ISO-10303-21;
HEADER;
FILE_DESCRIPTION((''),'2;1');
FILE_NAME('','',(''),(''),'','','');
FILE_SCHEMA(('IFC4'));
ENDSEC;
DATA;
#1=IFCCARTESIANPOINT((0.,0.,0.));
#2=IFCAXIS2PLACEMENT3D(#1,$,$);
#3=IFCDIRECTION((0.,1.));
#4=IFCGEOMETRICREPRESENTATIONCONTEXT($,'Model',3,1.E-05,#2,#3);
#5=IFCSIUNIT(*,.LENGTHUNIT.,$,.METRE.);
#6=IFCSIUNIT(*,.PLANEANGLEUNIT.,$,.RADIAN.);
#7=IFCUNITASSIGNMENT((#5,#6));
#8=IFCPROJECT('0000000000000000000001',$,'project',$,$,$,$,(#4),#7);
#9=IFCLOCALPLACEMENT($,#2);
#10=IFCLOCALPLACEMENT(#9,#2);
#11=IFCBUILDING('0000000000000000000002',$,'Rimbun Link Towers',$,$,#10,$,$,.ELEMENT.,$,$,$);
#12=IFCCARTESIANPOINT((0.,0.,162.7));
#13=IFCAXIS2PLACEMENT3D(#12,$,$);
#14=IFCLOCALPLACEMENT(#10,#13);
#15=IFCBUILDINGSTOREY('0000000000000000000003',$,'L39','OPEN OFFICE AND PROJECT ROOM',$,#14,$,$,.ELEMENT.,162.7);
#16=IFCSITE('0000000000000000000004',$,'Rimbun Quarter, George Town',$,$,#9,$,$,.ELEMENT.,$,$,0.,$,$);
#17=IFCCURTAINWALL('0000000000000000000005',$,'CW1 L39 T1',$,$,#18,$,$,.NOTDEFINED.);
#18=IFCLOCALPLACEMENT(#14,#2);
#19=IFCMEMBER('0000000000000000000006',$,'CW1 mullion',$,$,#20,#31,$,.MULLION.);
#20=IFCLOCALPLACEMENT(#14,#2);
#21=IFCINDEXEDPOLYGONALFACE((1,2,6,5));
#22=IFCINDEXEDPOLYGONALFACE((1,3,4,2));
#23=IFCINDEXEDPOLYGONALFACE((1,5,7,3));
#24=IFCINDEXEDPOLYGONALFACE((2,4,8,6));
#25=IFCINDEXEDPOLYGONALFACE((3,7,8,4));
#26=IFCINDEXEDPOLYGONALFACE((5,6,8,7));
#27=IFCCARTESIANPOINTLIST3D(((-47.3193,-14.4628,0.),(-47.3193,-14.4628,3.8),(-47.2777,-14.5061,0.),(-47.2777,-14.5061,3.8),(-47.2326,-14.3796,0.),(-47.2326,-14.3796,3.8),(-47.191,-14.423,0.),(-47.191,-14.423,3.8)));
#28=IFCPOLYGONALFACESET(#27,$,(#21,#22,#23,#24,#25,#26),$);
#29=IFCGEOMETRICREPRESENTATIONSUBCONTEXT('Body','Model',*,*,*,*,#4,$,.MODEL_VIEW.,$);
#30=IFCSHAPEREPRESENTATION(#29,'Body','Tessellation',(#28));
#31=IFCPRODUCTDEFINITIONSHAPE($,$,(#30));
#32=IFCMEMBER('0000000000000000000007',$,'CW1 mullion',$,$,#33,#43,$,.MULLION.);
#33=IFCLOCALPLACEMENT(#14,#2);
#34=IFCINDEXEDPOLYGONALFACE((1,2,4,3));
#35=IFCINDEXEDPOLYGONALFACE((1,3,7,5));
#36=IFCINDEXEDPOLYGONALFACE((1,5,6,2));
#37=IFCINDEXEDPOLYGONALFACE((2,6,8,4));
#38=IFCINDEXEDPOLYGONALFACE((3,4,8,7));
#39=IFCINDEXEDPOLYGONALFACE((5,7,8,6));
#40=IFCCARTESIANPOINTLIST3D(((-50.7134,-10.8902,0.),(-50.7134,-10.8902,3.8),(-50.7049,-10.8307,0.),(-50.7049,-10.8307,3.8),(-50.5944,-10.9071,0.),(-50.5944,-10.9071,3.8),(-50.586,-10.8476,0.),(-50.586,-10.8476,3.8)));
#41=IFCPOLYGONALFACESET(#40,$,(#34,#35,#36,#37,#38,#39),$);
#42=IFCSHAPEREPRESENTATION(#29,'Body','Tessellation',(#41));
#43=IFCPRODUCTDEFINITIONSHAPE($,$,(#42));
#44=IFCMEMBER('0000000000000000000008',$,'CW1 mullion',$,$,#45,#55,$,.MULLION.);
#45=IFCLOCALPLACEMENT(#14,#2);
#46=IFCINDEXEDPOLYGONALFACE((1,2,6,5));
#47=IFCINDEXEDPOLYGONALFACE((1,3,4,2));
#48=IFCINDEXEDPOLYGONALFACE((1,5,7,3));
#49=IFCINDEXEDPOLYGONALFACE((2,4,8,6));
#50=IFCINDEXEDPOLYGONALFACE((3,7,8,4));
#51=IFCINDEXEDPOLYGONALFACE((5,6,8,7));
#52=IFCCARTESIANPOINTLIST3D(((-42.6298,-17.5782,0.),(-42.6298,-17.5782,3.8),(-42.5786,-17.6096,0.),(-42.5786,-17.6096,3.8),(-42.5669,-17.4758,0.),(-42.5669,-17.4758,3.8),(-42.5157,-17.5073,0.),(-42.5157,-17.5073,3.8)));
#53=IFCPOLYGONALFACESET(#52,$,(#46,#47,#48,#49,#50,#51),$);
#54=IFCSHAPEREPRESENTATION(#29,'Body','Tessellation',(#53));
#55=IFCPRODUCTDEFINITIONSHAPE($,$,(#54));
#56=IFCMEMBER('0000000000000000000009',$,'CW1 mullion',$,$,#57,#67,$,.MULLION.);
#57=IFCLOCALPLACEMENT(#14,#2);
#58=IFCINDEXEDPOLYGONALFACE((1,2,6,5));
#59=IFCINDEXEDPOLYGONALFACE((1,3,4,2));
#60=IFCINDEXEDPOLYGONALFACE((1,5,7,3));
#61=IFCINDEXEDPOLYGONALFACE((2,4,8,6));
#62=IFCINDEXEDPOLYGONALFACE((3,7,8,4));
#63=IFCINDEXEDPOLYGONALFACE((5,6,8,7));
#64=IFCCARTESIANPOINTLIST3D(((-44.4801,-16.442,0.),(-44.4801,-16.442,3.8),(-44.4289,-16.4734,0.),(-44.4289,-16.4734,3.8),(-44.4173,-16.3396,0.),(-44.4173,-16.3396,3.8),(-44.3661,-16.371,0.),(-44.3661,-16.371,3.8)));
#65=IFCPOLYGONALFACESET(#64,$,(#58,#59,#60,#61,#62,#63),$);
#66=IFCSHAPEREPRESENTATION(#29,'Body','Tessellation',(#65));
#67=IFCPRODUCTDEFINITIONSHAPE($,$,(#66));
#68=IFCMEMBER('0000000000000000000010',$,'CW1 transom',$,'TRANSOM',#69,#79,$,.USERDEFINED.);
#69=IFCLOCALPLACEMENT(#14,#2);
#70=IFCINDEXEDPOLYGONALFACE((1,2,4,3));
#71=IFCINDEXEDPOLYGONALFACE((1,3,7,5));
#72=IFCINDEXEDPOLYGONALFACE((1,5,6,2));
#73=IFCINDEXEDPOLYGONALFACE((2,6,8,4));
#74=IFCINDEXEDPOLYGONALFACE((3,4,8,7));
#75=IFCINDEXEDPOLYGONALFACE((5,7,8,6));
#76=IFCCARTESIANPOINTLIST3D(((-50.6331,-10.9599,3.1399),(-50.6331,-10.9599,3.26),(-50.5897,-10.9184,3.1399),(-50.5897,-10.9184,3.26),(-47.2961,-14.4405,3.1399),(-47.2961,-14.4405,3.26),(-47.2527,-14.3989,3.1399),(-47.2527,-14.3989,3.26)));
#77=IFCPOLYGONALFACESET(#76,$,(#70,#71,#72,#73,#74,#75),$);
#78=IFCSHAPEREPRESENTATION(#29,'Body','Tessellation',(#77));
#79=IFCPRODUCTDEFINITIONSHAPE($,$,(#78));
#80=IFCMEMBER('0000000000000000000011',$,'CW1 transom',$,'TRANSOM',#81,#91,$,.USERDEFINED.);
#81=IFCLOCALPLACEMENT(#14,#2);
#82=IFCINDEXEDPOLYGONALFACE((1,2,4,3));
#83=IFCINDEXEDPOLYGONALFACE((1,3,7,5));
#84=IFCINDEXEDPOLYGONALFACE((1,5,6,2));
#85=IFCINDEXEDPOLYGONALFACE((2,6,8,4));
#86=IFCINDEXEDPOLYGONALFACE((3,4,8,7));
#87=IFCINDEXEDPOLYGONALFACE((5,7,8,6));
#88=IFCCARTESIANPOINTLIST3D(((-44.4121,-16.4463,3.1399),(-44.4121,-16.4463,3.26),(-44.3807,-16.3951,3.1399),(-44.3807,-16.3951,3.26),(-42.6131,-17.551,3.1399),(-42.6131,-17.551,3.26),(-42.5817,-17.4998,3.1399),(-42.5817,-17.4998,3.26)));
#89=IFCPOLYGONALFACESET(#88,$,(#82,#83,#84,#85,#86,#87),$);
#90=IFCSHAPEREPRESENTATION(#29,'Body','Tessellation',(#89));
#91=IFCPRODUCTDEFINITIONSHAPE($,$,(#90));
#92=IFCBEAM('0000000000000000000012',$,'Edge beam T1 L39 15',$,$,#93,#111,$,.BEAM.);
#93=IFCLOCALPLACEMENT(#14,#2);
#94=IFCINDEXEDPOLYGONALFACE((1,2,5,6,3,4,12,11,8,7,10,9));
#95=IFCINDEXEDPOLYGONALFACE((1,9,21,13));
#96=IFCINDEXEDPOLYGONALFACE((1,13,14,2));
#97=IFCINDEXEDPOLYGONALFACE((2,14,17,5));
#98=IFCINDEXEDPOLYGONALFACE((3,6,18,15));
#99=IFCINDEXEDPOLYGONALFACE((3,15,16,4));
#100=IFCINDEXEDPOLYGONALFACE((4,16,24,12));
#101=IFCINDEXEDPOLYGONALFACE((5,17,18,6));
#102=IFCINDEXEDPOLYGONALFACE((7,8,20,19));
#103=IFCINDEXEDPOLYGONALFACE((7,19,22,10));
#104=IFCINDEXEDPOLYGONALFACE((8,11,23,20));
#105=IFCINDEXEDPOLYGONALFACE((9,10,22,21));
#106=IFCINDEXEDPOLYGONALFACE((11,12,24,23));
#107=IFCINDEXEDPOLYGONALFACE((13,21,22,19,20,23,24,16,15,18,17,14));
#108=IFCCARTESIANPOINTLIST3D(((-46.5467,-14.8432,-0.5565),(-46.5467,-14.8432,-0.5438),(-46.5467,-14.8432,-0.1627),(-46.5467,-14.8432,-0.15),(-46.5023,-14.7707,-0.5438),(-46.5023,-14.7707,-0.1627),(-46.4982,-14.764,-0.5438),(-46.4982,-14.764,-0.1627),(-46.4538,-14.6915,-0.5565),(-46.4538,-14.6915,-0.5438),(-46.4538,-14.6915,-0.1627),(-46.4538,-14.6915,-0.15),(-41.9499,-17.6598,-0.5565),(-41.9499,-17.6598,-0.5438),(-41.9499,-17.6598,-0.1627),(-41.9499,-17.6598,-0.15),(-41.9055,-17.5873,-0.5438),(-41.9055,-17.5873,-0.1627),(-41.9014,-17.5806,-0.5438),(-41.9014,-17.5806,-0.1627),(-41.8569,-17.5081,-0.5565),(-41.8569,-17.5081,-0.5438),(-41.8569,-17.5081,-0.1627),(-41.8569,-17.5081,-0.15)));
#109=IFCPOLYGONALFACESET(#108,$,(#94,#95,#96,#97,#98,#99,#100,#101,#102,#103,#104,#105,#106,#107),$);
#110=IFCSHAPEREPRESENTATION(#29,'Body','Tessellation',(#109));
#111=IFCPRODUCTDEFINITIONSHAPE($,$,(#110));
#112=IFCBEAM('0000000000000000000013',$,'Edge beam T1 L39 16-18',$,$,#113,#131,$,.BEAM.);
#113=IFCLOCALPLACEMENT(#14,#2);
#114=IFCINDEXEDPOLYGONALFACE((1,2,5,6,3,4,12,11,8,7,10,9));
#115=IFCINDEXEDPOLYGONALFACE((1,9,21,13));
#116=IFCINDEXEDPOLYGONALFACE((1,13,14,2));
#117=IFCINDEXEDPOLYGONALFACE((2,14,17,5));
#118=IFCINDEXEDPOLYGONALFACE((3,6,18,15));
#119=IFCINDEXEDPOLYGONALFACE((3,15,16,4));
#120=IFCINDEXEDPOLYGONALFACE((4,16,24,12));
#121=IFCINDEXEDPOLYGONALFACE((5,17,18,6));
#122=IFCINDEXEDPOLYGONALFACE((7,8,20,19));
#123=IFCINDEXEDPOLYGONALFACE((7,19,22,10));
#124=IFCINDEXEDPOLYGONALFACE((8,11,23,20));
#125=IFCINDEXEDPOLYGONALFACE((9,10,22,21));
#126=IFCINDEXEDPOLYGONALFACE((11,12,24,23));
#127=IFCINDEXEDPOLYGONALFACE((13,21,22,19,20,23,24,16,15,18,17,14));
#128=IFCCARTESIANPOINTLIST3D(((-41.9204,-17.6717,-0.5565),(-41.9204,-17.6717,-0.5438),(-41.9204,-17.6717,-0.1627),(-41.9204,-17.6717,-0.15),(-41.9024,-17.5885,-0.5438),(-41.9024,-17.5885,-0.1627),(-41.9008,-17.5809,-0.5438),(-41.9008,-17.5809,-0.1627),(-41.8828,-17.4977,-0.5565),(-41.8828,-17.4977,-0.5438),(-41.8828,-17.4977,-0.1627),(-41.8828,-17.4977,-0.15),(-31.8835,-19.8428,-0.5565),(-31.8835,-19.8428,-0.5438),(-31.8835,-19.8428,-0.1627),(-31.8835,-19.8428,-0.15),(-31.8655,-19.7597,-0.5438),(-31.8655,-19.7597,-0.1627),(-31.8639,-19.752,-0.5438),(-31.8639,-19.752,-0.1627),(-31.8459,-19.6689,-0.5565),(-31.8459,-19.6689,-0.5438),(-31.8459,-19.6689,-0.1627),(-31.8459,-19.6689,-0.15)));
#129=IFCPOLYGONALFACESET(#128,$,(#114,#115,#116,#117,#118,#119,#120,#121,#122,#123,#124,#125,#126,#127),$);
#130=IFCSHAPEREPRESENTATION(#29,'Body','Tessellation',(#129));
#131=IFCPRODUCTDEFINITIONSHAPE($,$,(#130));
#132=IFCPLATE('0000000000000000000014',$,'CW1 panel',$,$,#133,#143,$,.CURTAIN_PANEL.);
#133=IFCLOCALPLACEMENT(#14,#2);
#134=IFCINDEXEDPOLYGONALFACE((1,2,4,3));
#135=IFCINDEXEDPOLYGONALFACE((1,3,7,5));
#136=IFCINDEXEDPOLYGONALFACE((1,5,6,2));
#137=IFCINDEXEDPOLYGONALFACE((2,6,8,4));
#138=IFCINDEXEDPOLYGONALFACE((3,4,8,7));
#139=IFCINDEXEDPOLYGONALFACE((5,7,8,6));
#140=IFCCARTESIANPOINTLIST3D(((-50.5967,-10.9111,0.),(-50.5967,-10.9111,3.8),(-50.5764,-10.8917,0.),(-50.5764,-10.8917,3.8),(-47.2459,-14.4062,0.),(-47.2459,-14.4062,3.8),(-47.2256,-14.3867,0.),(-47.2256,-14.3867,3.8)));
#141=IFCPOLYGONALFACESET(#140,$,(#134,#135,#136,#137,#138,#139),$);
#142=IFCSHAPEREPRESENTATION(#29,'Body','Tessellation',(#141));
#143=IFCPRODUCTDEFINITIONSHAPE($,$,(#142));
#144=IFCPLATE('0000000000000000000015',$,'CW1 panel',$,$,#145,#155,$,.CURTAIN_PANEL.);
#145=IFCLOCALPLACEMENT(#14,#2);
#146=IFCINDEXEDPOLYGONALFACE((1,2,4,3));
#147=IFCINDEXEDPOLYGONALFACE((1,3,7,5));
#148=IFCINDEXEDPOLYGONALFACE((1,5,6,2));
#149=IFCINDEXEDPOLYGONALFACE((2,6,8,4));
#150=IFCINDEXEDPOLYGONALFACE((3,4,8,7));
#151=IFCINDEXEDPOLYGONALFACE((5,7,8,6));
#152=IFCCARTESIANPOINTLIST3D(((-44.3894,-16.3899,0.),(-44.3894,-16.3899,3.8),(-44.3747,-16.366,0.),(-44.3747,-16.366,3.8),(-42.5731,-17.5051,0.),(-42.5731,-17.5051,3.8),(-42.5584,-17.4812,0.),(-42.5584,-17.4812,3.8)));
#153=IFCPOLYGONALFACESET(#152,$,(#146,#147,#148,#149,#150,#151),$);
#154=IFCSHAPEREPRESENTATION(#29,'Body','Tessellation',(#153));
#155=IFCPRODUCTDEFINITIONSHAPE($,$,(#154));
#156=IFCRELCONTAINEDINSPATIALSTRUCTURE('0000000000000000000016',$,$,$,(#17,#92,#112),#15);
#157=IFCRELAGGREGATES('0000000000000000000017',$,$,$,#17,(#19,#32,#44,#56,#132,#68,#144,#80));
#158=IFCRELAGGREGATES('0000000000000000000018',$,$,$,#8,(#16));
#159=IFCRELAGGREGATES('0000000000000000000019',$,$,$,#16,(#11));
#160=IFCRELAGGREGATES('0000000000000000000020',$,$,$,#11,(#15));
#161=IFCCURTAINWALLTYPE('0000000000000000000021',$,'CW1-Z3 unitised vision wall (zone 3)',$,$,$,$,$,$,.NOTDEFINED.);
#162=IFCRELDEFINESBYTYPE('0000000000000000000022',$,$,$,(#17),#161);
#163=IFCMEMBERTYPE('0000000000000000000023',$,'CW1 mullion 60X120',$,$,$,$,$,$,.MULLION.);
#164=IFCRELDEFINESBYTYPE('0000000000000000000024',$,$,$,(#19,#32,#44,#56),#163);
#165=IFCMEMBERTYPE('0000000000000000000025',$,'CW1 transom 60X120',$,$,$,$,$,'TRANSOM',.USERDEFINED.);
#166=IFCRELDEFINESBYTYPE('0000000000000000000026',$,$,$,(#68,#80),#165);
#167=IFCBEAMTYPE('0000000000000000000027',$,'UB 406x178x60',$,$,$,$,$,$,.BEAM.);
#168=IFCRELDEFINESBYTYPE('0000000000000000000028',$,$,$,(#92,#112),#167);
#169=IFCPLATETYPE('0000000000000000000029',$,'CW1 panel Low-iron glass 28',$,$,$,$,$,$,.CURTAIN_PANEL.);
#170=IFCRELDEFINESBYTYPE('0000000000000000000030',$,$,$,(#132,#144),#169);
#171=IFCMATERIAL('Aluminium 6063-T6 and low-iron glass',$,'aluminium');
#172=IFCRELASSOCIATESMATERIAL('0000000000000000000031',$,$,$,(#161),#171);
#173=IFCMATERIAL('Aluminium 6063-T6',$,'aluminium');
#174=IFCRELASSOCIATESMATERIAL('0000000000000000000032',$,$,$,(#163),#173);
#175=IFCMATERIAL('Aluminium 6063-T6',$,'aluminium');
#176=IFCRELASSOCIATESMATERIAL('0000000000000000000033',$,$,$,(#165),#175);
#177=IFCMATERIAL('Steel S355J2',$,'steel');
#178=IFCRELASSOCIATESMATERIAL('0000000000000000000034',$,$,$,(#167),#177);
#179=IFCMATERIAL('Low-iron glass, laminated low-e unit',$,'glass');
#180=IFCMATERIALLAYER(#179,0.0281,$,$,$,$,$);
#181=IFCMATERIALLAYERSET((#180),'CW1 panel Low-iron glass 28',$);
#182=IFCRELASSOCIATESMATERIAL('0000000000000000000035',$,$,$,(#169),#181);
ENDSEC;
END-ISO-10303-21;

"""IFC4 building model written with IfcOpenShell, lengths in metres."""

from ifc_helpers import new_model, si_unit, direction, frame, origin, origin_2d, place, context, subcontext, project, spatial, rectangle, i_section, extrude, material, layer, layer_set, material_profile, profile_set, type_object, element, aggregate, save


model = new_model("IFC4")

# Units and contexts
model_context = context("Model", 3, precision=1e-05, world=origin(), true_north=direction((0.0, 1.0)))
body_context = subcontext(model_context, "Body", "Model", "MODEL_VIEW")
ifc_project = project(units=[si_unit("LENGTHUNIT", "METRE"), si_unit("PLANEANGLEUNIT", "RADIAN")], contexts=[model_context])

# Site, building, storey
site_placement = place(None, origin())
site = spatial("IfcSite", under=ifc_project, at=site_placement, Name="Rimbun Quarter, George Town", CompositionType="ELEMENT", RefElevation=0.0)
building_placement = place(site_placement, origin())
building = spatial("IfcBuilding", under=site, at=building_placement, Name="Rimbun Link Towers", CompositionType="ELEMENT")
storey_placement = place(building_placement, frame((0.0, 0.0, 162.7)))
storey = spatial("IfcBuildingStorey", under=building, at=storey_placement, Name="L39", Description="OPEN OFFICE AND PROJECT ROOM", CompositionType="ELEMENT", Elevation=162.7)

# Curtain wall, members
ifc_material_1 = material(Name="Aluminium 6063-T6 and low-iron glass", Category="aluminium")
curtain_wall_type = type_object("IfcCurtainWallType", Name="CW1-Z3 unitised vision wall (zone 3)", PredefinedType="NOTDEFINED", material=ifc_material_1)
curtain_wall_placement = place(storey_placement, origin())
curtain_wall = element("IfcCurtainWall", 1, at=curtain_wall_placement, inside=storey, type_object=curtain_wall_type, Name="CW1 L39 T1", PredefinedType="NOTDEFINED")
ifc_material_2 = material(Name="Aluminium 6063-T6", Category="aluminium")
ifc_material_profile_1 = material_profile(ifc_material_2, rectangle(XDim=0.1201, YDim=0.0601, at=origin_2d()), Name="MULLION 60X120")
ifc_profile_set_1 = profile_set([ifc_material_profile_1], Name="Aluminium 6063-T6")
member_type_1 = type_object("IfcMemberType", Name="CW1 mullion 60X120", PredefinedType="MULLION", material=ifc_profile_set_1)
member_1_placement = place(storey_placement, frame((-47.2551, -14.4429, 0.0), z_axis=(0.0, 0.0, 1.0), x_axis=(-0.721847, -0.692052, 0.0)))
member_1 = element("IfcMember", 2, at=member_1_placement, type_object=member_type_1, Name="CW1 mullion", PredefinedType="MULLION", context=body_context, shape_type="SweptSolid", body=[
    extrude(rectangle(XDim=0.1201, YDim=0.0601, at=origin_2d()), origin(), (0.0, 0.0, 1.0), 3.8),
])
member_2_placement = place(storey_placement, frame((-50.6497, -10.8689, 0.0), z_axis=(0.0, 0.0, 1.0), x_axis=(-0.990015, 0.140965, 0.0)))
member_2 = element("IfcMember", 3, at=member_2_placement, type_object=member_type_1, Name="CW1 mullion", PredefinedType="MULLION", context=body_context, shape_type="SweptSolid", body=[
    extrude(rectangle(XDim=0.1201, YDim=0.0601, at=origin_2d()), origin(), (0.0, 0.0, 1.0), 3.8),
])
member_3_placement = place(storey_placement, frame((-42.5728, -17.5427, 0.0), z_axis=(0.0, 0.0, 1.0), x_axis=(-0.52325, -0.852179, 0.0)))
member_3 = element("IfcMember", 4, at=member_3_placement, type_object=member_type_1, Name="CW1 mullion", PredefinedType="MULLION", context=body_context, shape_type="SweptSolid", body=[
    extrude(rectangle(XDim=0.1201, YDim=0.0601, at=origin_2d()), origin(), (0.0, 0.0, 1.0), 3.8),
])
member_4_placement = place(storey_placement, frame((-44.4231, -16.4065, 0.0), z_axis=(0.0, 0.0, 1.0), x_axis=(-0.52325, -0.852179, 0.0)))
member_4 = element("IfcMember", 5, at=member_4_placement, type_object=member_type_1, Name="CW1 mullion", PredefinedType="MULLION", context=body_context, shape_type="SweptSolid", body=[
    extrude(rectangle(XDim=0.1201, YDim=0.0601, at=origin_2d()), origin(), (0.0, 0.0, 1.0), 3.8),
])
ifc_material_3 = material(Name="Aluminium 6063-T6", Category="aluminium")
ifc_material_profile_2 = material_profile(ifc_material_3, rectangle(XDim=0.0601, YDim=0.1201, at=origin_2d()), Name="TRANSOM 60X120")
ifc_profile_set_2 = profile_set([ifc_material_profile_2], Name="Aluminium 6063-T6")
member_type_2 = type_object("IfcMemberType", Name="CW1 transom 60X120", ElementType="TRANSOM", PredefinedType="USERDEFINED", material=ifc_profile_set_2)
member_5_placement = place(storey_placement, frame((-47.2744, -14.4197, 3.2), z_axis=(-0.692064, 0.721836, 0.0), x_axis=(-0.721836, -0.692064, 0.0)))
member_5 = element("IfcMember", 6, at=member_5_placement, type_object=member_type_2, Name="CW1 transom", ObjectType="TRANSOM", PredefinedType="USERDEFINED", context=body_context, shape_type="SweptSolid", body=[
    extrude(rectangle(XDim=0.0601, YDim=0.1201, at=origin_2d()), origin(), (0.0, 0.0, 1.0), 4.8218),
])
member_6_placement = place(storey_placement, frame((-42.5974, -17.5254, 3.2), z_axis=(-0.852162, 0.523278, 0.0), x_axis=(-0.523278, -0.852162, 0.0)))
member_6 = element("IfcMember", 7, at=member_6_placement, type_object=member_type_2, Name="CW1 transom", ObjectType="TRANSOM", PredefinedType="USERDEFINED", context=body_context, shape_type="SweptSolid", body=[
    extrude(rectangle(XDim=0.0601, YDim=0.1201, at=origin_2d()), origin(), (0.0, 0.0, 1.0), 2.1111),
])

# Beams
ifc_material_4 = material(Name="Steel S355J2", Category="steel")
ifc_material_profile_3 = material_profile(ifc_material_4, i_section(OverallWidth=0.178, OverallDepth=0.4065, WebThickness=0.0078, FlangeThickness=0.0127, at=origin_2d()), Name="UB 406x178x60")
ifc_profile_set_3 = profile_set([ifc_material_profile_3], Name="Steel S355J2")
beam_type = type_object("IfcBeamType", Name="UB 406x178x60", PredefinedType="BEAM", material=ifc_profile_set_3)
beam_1_placement = place(storey_placement, frame((-46.5002, -14.7673, -0.3533), z_axis=(0.852669, -0.522452, 0.0), x_axis=(0.522452, 0.852669, 0.0)))
element("IfcBeam", 8, at=beam_1_placement, inside=storey, type_object=beam_type, Name="Edge beam T1 L39 15", PredefinedType="BEAM", context=body_context, shape_type="SweptSolid", body=[
    extrude(i_section(OverallWidth=0.178, OverallDepth=0.4065, WebThickness=0.0078, FlangeThickness=0.0127, at=origin_2d()), origin(), (0.0, 0.0, 1.0), 5.3911),
])
beam_2_placement = place(storey_placement, frame((-41.9016, -17.5847, -0.3533), z_axis=(0.977394, -0.211427, 0.0), x_axis=(0.211427, 0.977394, 0.0)))
element("IfcBeam", 9, at=beam_2_placement, inside=storey, type_object=beam_type, Name="Edge beam T1 L39 16-18", PredefinedType="BEAM", context=body_context, shape_type="SweptSolid", body=[
    extrude(i_section(OverallWidth=0.178, OverallDepth=0.4065, WebThickness=0.0078, FlangeThickness=0.0127, at=origin_2d()), origin(), (0.0, 0.0, 1.0), 10.269),
])

# Plates
ifc_material_5 = material(Name="Low-iron glass, laminated low-e unit", Category="glass")
ifc_layer_1 = layer(ifc_material_5, 0.0281)
ifc_layer_set_1 = layer_set([ifc_layer_1], Name="CW1 panel Low-iron glass 28")
plate_type = type_object("IfcPlateType", Name="CW1 panel Low-iron glass 28", PredefinedType="CURTAIN_PANEL", material=ifc_layer_set_1)
plate_1_placement = place(storey_placement, frame((-48.9111, -12.6489, 0.0), z_axis=(0.0, 0.0, 1.0), x_axis=(-0.692052, 0.721847, 0.0)))
plate_1 = element("IfcPlate", 10, at=plate_1_placement, type_object=plate_type, Name="CW1 panel", PredefinedType="CURTAIN_PANEL", context=body_context, shape_type="SweptSolid", body=[
    extrude(rectangle(XDim=4.8418, YDim=0.0281, at=origin_2d()), origin(), (0.0, 0.0, 1.0), 3.8),
])
plate_2_placement = place(storey_placement, frame((-43.4739, -16.9355, 0.0), z_axis=(0.0, 0.0, 1.0), x_axis=(-0.852179, 0.52325, 0.0)))
plate_2 = element("IfcPlate", 11, at=plate_2_placement, type_object=plate_type, Name="CW1 panel", PredefinedType="CURTAIN_PANEL", context=body_context, shape_type="SweptSolid", body=[
    extrude(rectangle(XDim=2.1313, YDim=0.0281, at=origin_2d()), origin(), (0.0, 0.0, 1.0), 3.8),
])
aggregate(curtain_wall, [member_1, member_2, member_3, member_4, plate_1, member_5, plate_2, member_6])

save(model, "model.ifc")
